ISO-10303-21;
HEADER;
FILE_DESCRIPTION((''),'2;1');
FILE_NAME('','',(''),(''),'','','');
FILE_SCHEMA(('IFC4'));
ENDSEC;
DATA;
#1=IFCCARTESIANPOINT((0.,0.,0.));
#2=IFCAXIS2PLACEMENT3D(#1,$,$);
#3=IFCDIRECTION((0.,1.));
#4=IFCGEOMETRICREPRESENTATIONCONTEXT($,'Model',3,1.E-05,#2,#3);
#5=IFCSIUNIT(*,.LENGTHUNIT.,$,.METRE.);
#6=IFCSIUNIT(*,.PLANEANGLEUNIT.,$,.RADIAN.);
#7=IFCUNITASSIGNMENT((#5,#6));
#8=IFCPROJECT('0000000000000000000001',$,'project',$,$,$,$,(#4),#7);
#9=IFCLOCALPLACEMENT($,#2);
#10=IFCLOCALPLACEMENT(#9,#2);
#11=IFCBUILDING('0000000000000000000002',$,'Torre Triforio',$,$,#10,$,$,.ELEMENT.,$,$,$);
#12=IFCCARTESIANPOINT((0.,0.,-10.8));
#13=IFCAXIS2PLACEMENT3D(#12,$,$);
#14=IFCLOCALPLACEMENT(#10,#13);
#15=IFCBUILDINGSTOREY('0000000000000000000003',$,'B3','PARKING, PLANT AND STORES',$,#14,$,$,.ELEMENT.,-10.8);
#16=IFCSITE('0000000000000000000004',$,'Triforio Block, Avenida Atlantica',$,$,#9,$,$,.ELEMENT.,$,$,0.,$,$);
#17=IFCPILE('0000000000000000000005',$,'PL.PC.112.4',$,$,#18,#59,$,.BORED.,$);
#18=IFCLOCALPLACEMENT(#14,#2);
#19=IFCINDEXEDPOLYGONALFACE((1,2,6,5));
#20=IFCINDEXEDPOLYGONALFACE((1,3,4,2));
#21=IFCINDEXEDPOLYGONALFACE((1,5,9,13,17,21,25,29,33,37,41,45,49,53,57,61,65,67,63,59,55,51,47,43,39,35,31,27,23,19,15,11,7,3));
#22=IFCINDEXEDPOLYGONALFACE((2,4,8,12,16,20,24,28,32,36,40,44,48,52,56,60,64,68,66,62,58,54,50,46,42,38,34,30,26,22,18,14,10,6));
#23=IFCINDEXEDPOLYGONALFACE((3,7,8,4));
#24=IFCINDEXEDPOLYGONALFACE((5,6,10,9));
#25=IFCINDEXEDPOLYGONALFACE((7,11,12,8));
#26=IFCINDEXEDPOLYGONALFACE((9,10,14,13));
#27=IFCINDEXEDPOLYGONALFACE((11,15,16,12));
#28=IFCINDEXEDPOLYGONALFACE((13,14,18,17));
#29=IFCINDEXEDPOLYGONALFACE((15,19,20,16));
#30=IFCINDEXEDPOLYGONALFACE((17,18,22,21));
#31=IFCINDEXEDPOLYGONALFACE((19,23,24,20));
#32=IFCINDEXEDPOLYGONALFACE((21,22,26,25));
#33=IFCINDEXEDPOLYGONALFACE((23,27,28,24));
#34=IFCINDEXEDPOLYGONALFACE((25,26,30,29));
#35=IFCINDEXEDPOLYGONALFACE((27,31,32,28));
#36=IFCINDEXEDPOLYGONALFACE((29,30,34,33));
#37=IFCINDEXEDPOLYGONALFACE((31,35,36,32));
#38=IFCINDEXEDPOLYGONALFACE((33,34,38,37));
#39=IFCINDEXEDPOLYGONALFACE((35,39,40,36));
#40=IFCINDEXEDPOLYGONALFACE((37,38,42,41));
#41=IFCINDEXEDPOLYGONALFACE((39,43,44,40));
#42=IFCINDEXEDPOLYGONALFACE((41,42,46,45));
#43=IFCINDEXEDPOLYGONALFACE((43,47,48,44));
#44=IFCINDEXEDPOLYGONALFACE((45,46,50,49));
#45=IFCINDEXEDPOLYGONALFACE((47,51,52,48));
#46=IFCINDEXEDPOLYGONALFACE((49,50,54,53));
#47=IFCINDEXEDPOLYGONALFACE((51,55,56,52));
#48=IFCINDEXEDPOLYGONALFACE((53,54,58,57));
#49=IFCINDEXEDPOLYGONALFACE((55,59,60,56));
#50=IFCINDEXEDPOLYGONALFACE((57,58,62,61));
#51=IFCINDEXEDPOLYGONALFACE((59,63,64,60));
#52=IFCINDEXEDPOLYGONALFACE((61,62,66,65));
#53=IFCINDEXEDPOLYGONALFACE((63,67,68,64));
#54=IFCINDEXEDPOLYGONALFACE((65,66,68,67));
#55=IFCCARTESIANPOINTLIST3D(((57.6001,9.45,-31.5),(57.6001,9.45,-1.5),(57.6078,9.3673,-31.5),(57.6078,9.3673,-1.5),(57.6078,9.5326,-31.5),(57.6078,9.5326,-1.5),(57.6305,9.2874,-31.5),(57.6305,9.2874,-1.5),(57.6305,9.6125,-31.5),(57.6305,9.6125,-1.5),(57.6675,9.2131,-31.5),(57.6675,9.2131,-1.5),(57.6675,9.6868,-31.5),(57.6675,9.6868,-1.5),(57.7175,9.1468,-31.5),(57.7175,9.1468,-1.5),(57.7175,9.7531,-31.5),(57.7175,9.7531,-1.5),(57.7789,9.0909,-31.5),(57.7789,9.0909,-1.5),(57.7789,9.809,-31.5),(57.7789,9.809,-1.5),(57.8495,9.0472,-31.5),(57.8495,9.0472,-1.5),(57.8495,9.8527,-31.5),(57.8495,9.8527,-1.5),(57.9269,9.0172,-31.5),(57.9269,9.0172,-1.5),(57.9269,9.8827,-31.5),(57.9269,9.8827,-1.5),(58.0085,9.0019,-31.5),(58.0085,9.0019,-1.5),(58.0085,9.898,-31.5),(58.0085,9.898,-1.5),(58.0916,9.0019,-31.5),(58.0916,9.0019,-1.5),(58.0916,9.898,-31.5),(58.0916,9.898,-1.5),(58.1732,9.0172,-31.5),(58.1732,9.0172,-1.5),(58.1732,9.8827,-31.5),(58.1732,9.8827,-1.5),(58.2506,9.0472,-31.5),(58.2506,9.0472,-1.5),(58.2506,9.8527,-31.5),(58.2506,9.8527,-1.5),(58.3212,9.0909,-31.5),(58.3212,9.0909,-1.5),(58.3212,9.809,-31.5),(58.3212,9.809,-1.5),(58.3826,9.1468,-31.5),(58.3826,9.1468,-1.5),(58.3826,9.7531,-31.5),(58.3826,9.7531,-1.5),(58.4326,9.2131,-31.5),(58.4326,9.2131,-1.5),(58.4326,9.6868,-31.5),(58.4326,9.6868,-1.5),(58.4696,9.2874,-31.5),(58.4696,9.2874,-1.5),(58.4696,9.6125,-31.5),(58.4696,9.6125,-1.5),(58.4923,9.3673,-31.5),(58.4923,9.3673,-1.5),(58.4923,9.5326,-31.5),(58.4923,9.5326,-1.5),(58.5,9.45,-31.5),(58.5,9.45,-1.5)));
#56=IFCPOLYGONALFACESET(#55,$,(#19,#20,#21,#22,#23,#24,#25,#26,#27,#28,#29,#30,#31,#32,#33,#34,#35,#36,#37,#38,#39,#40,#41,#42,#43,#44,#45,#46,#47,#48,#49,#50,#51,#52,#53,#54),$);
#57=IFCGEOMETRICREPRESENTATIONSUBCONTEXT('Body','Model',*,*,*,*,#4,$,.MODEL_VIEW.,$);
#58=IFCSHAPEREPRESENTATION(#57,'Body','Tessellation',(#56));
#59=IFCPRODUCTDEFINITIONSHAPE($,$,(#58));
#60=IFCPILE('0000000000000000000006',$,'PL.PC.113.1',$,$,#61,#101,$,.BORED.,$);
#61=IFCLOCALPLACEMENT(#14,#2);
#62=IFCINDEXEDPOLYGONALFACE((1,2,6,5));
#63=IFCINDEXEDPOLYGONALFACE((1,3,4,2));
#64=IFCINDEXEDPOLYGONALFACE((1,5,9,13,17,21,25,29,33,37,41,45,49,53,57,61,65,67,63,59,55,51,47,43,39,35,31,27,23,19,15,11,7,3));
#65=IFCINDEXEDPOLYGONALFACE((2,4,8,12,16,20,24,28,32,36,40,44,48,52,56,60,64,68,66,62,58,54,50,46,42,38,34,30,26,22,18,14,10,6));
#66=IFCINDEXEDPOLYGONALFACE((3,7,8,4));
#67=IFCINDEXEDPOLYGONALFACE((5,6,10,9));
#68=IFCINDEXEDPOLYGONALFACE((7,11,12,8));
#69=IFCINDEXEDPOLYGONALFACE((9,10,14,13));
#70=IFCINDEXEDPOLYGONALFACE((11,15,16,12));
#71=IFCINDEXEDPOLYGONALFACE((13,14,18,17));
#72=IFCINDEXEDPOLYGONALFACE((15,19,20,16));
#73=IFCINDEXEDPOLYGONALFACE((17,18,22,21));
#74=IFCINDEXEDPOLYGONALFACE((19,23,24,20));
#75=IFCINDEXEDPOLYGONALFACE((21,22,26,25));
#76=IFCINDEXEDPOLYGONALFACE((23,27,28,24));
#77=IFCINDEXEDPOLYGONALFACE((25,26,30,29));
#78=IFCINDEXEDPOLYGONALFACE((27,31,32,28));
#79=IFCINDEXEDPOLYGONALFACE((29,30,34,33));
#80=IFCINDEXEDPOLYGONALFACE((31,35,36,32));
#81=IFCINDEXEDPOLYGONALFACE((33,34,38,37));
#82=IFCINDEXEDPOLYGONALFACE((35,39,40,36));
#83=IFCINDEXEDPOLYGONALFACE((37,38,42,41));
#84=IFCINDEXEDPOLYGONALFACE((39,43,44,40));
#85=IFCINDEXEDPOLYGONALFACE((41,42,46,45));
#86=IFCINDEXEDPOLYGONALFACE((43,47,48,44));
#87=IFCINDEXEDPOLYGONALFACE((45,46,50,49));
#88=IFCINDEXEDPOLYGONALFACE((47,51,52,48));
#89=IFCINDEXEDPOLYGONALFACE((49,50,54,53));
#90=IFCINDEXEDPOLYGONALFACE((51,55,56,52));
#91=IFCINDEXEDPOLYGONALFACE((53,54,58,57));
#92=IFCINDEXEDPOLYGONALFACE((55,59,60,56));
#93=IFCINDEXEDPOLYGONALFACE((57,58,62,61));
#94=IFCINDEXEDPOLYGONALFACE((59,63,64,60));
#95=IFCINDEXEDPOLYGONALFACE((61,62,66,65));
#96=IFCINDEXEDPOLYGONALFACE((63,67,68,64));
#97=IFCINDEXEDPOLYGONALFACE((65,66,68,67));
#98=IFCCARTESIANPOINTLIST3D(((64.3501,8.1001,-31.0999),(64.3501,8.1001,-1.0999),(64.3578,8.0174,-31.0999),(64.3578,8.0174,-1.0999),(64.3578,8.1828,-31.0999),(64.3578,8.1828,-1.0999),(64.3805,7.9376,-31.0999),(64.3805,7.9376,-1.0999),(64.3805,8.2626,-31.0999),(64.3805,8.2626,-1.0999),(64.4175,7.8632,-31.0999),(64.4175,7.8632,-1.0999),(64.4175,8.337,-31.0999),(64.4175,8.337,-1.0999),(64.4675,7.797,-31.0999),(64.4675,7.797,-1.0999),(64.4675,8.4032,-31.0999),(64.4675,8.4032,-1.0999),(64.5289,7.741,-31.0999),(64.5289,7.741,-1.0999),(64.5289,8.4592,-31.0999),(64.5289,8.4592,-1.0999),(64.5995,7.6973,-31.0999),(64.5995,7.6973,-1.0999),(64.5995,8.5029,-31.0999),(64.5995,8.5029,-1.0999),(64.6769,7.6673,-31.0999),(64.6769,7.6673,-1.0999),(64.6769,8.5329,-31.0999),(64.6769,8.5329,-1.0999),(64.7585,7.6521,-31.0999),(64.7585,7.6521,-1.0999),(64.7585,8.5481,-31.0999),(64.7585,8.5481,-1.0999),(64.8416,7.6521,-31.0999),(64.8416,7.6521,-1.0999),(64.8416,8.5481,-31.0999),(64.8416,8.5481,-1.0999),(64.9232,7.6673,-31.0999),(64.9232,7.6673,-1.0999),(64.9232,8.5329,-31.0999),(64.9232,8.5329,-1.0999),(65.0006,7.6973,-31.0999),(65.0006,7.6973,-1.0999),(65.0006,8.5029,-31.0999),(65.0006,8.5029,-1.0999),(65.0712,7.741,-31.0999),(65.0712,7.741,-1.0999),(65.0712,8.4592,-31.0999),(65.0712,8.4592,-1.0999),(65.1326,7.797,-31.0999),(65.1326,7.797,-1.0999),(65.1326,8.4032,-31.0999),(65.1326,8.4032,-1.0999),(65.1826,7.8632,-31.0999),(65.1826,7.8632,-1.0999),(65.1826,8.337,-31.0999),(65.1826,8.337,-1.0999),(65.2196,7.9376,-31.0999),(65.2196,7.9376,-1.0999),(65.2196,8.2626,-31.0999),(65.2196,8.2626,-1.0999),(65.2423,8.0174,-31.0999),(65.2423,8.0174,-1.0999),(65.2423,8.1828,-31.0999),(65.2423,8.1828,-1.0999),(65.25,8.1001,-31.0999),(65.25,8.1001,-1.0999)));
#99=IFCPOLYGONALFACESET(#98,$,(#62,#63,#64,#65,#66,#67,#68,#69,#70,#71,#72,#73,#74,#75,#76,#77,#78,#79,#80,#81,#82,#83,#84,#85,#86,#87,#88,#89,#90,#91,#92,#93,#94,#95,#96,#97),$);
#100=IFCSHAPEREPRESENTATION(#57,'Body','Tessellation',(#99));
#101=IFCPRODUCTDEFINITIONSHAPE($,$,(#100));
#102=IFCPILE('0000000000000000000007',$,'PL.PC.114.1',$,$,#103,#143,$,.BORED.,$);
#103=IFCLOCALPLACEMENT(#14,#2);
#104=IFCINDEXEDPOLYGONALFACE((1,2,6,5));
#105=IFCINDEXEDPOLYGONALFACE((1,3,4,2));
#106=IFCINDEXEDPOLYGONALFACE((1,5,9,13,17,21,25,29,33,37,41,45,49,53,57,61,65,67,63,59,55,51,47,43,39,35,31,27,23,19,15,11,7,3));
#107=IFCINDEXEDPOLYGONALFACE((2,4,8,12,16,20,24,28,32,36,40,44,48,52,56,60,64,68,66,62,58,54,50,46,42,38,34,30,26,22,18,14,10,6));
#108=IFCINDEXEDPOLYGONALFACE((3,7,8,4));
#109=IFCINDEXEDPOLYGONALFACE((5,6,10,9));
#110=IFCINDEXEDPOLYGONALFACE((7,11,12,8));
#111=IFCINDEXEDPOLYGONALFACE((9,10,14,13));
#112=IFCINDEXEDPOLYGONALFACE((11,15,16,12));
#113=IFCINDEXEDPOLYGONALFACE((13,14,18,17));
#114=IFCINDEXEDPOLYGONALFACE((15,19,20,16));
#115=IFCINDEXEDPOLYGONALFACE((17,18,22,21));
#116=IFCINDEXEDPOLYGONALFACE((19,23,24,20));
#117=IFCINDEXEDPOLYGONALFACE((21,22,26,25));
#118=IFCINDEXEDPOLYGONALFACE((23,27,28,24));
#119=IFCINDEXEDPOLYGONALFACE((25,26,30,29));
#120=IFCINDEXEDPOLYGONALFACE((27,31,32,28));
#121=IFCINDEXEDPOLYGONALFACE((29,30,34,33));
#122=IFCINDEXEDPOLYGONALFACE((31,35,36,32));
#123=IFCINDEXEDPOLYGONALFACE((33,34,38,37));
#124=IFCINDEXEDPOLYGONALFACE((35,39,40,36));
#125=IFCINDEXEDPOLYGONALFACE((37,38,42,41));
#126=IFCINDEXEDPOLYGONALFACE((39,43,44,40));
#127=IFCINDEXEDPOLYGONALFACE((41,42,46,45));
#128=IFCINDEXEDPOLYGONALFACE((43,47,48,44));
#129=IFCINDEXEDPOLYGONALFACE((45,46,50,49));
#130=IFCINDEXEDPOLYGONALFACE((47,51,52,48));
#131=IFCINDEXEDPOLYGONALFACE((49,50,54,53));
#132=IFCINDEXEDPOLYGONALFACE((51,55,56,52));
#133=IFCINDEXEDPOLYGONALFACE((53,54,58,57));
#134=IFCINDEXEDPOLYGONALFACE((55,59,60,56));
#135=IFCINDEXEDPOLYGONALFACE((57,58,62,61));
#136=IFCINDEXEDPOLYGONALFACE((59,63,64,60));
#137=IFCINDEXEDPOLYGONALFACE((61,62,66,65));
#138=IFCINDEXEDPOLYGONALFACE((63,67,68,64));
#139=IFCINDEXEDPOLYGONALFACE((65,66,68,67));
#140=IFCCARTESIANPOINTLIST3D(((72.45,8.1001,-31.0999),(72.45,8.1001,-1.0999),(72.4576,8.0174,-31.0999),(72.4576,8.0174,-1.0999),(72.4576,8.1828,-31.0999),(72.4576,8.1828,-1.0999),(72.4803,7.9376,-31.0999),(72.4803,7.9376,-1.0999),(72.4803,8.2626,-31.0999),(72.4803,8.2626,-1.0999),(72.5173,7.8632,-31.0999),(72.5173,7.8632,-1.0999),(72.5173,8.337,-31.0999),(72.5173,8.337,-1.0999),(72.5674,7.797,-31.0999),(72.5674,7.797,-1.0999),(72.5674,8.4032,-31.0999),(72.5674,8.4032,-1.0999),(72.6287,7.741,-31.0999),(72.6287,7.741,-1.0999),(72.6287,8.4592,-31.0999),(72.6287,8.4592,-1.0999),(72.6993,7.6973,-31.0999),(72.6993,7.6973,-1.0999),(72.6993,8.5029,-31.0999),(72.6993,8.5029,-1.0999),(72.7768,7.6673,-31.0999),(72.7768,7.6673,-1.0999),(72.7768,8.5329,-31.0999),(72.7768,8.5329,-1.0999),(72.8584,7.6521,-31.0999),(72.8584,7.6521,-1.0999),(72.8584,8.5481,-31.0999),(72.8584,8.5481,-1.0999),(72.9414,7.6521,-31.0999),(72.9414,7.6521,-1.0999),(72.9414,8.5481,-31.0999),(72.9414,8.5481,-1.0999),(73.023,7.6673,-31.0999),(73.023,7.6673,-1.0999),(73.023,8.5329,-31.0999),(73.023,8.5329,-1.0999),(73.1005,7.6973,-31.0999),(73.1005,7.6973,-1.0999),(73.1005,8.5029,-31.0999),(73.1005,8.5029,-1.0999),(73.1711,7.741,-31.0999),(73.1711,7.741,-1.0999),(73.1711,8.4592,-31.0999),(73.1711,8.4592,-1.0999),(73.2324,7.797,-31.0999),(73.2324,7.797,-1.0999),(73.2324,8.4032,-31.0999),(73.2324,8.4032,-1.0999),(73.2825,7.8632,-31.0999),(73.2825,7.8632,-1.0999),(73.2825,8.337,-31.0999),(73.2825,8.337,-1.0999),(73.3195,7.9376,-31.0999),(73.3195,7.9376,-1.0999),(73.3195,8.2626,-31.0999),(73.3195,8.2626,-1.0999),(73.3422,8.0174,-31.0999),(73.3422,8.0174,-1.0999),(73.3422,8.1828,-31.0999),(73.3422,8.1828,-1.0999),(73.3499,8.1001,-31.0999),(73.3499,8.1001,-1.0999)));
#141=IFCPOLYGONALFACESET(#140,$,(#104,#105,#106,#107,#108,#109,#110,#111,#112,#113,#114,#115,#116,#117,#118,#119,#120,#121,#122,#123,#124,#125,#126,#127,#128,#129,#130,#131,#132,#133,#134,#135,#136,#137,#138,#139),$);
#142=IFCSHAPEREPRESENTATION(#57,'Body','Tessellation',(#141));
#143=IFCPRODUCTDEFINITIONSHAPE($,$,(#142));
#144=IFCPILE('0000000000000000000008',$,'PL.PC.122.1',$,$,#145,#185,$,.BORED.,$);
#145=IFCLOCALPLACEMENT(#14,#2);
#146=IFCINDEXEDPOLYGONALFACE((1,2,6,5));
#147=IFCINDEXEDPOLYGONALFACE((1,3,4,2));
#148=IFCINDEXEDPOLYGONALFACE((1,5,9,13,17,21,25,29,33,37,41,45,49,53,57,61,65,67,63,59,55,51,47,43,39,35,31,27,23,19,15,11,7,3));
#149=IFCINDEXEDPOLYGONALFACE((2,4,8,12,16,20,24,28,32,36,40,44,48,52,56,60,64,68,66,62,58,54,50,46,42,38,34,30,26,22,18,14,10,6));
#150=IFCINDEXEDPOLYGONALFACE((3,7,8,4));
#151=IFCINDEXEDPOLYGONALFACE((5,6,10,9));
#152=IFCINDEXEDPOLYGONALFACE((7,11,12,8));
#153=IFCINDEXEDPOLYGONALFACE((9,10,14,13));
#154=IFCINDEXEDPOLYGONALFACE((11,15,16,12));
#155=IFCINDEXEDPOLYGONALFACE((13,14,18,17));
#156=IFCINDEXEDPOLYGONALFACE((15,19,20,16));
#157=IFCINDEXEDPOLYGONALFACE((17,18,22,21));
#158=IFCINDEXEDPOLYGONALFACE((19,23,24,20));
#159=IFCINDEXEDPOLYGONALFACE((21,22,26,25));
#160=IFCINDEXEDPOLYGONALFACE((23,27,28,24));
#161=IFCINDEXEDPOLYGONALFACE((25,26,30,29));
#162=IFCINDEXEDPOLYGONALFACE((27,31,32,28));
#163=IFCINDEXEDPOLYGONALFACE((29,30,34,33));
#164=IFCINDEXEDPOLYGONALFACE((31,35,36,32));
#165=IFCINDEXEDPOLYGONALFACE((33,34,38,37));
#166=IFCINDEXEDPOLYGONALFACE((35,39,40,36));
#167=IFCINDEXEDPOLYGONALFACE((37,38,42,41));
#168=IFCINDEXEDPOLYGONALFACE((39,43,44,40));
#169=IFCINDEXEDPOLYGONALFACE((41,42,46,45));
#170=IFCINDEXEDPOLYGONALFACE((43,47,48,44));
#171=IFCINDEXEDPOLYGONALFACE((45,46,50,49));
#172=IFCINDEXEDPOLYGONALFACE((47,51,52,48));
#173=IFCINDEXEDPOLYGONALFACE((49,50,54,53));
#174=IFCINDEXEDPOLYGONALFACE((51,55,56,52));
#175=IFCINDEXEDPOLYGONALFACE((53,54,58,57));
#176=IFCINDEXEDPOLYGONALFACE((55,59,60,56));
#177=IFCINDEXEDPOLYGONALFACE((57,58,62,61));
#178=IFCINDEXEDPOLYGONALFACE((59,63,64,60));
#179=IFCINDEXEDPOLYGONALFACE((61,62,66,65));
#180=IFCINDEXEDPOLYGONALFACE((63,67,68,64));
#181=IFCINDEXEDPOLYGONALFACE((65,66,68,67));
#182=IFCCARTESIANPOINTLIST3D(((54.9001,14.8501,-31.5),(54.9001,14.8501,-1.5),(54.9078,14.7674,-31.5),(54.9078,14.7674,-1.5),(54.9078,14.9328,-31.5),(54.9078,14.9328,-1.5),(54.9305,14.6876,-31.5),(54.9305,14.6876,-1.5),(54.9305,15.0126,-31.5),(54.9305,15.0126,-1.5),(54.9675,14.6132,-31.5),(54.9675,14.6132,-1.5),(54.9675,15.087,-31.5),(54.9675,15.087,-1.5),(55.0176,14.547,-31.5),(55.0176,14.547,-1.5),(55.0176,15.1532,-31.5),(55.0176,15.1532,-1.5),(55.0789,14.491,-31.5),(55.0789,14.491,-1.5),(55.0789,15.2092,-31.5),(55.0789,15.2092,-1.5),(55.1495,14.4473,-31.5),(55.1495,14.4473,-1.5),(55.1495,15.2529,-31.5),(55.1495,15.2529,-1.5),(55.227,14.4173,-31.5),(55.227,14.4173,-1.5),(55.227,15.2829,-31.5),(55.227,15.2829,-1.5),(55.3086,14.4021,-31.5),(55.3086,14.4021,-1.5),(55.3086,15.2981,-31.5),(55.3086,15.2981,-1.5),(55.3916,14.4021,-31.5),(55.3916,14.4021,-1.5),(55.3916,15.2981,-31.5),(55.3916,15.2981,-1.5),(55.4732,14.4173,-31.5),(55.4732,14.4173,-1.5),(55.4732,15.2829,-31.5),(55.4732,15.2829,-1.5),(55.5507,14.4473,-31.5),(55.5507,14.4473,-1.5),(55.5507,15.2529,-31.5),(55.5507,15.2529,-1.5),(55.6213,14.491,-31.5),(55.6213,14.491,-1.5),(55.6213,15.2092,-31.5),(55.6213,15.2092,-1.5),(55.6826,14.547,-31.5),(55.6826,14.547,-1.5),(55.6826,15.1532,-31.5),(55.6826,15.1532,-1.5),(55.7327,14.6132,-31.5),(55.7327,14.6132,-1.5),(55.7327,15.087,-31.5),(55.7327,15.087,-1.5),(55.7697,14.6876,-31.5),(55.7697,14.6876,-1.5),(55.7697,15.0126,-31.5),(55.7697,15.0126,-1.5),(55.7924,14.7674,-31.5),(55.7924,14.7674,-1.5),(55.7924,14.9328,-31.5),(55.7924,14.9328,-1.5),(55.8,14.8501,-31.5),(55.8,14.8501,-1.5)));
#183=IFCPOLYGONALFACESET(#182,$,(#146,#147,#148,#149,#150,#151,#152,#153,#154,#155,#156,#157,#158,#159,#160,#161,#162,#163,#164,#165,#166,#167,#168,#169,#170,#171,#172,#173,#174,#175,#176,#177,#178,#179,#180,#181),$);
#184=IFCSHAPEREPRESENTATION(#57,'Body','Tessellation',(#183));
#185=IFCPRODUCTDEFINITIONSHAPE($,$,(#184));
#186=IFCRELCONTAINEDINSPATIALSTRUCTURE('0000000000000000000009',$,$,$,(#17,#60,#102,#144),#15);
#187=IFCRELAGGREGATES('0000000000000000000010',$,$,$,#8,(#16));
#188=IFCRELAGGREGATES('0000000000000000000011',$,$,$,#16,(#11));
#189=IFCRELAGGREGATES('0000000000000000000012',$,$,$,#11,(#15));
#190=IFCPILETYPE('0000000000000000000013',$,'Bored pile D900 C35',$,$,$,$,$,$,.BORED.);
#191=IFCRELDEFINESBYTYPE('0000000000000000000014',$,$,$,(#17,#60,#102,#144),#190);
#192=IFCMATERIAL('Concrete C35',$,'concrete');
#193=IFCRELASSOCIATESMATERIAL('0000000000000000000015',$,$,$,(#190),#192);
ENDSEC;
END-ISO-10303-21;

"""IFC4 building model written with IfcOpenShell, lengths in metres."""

from ifc_helpers import new_model, si_unit, direction, frame, origin, origin_2d, place, context, subcontext, project, spatial, circle, extrude, material, material_profile, profile_set, type_object, element, save


model = new_model("IFC4")

# Units and contexts
model_context = context("Model", 3, precision=1e-05, world=origin(), true_north=direction((0.0, 1.0)))
body_context = subcontext(model_context, "Body", "Model", "MODEL_VIEW")
ifc_project = project(units=[si_unit("LENGTHUNIT", "METRE"), si_unit("PLANEANGLEUNIT", "RADIAN")], contexts=[model_context])

# Site, building, storey
site_placement = place(None, origin())
site = spatial("IfcSite", under=ifc_project, at=site_placement, Name="Triforio Block, Avenida Atlantica", CompositionType="ELEMENT", RefElevation=0.0)
building_placement = place(site_placement, origin())
building = spatial("IfcBuilding", under=site, at=building_placement, Name="Torre Triforio", CompositionType="ELEMENT")
storey_placement = place(building_placement, frame((0.0, 0.0, -10.8)))
storey = spatial("IfcBuildingStorey", under=building, at=storey_placement, Name="B3", Description="PARKING, PLANT AND STORES", CompositionType="ELEMENT", Elevation=-10.8)

# Piles
ifc_material_1 = material(Name="Concrete C35", Category="concrete")
ifc_material_profile_1 = material_profile(ifc_material_1, circle(Radius=0.45, at=origin_2d()), Name="RC D900")
ifc_profile_set_1 = profile_set([ifc_material_profile_1], Name="Concrete C35")
pile_type = type_object("IfcPileType", Name="Bored pile D900 C35", PredefinedType="BORED", material=ifc_profile_set_1)
for number, where, z_axis, x_axis, name in (
    (1, (58.05, 9.45, -1.5), (0.0, 0.0, -1.0), (1.0, 0.0, 0.0), "PL.PC.112.4"),
    (2, (64.8, 8.1001, -1.0999), (0.0, 0.0, -1.0), (1.0, 0.0, 0.0), "PL.PC.113.1"),
    (3, (72.8999, 8.1001, -1.0999), (0.0, 0.0, -1.0), (1.0, 0.0, 0.0), "PL.PC.114.1"),
    (4, (55.3501, 14.8501, -1.5), (0.0, 0.0, -1.0), (1.0, 0.0, 0.0), "PL.PC.122.1"),
):
    element("IfcPile", number, at=place(storey_placement, frame(where, z_axis=z_axis, x_axis=x_axis)), inside=storey, type_object=pile_type, Name=name, PredefinedType="BORED", context=body_context, shape_type="SweptSolid", body=[
        extrude(circle(Radius=0.45, at=origin_2d()), origin(), (0.0, 0.0, 1.0), 30.0),
    ])

save(model, "model.ifc")
